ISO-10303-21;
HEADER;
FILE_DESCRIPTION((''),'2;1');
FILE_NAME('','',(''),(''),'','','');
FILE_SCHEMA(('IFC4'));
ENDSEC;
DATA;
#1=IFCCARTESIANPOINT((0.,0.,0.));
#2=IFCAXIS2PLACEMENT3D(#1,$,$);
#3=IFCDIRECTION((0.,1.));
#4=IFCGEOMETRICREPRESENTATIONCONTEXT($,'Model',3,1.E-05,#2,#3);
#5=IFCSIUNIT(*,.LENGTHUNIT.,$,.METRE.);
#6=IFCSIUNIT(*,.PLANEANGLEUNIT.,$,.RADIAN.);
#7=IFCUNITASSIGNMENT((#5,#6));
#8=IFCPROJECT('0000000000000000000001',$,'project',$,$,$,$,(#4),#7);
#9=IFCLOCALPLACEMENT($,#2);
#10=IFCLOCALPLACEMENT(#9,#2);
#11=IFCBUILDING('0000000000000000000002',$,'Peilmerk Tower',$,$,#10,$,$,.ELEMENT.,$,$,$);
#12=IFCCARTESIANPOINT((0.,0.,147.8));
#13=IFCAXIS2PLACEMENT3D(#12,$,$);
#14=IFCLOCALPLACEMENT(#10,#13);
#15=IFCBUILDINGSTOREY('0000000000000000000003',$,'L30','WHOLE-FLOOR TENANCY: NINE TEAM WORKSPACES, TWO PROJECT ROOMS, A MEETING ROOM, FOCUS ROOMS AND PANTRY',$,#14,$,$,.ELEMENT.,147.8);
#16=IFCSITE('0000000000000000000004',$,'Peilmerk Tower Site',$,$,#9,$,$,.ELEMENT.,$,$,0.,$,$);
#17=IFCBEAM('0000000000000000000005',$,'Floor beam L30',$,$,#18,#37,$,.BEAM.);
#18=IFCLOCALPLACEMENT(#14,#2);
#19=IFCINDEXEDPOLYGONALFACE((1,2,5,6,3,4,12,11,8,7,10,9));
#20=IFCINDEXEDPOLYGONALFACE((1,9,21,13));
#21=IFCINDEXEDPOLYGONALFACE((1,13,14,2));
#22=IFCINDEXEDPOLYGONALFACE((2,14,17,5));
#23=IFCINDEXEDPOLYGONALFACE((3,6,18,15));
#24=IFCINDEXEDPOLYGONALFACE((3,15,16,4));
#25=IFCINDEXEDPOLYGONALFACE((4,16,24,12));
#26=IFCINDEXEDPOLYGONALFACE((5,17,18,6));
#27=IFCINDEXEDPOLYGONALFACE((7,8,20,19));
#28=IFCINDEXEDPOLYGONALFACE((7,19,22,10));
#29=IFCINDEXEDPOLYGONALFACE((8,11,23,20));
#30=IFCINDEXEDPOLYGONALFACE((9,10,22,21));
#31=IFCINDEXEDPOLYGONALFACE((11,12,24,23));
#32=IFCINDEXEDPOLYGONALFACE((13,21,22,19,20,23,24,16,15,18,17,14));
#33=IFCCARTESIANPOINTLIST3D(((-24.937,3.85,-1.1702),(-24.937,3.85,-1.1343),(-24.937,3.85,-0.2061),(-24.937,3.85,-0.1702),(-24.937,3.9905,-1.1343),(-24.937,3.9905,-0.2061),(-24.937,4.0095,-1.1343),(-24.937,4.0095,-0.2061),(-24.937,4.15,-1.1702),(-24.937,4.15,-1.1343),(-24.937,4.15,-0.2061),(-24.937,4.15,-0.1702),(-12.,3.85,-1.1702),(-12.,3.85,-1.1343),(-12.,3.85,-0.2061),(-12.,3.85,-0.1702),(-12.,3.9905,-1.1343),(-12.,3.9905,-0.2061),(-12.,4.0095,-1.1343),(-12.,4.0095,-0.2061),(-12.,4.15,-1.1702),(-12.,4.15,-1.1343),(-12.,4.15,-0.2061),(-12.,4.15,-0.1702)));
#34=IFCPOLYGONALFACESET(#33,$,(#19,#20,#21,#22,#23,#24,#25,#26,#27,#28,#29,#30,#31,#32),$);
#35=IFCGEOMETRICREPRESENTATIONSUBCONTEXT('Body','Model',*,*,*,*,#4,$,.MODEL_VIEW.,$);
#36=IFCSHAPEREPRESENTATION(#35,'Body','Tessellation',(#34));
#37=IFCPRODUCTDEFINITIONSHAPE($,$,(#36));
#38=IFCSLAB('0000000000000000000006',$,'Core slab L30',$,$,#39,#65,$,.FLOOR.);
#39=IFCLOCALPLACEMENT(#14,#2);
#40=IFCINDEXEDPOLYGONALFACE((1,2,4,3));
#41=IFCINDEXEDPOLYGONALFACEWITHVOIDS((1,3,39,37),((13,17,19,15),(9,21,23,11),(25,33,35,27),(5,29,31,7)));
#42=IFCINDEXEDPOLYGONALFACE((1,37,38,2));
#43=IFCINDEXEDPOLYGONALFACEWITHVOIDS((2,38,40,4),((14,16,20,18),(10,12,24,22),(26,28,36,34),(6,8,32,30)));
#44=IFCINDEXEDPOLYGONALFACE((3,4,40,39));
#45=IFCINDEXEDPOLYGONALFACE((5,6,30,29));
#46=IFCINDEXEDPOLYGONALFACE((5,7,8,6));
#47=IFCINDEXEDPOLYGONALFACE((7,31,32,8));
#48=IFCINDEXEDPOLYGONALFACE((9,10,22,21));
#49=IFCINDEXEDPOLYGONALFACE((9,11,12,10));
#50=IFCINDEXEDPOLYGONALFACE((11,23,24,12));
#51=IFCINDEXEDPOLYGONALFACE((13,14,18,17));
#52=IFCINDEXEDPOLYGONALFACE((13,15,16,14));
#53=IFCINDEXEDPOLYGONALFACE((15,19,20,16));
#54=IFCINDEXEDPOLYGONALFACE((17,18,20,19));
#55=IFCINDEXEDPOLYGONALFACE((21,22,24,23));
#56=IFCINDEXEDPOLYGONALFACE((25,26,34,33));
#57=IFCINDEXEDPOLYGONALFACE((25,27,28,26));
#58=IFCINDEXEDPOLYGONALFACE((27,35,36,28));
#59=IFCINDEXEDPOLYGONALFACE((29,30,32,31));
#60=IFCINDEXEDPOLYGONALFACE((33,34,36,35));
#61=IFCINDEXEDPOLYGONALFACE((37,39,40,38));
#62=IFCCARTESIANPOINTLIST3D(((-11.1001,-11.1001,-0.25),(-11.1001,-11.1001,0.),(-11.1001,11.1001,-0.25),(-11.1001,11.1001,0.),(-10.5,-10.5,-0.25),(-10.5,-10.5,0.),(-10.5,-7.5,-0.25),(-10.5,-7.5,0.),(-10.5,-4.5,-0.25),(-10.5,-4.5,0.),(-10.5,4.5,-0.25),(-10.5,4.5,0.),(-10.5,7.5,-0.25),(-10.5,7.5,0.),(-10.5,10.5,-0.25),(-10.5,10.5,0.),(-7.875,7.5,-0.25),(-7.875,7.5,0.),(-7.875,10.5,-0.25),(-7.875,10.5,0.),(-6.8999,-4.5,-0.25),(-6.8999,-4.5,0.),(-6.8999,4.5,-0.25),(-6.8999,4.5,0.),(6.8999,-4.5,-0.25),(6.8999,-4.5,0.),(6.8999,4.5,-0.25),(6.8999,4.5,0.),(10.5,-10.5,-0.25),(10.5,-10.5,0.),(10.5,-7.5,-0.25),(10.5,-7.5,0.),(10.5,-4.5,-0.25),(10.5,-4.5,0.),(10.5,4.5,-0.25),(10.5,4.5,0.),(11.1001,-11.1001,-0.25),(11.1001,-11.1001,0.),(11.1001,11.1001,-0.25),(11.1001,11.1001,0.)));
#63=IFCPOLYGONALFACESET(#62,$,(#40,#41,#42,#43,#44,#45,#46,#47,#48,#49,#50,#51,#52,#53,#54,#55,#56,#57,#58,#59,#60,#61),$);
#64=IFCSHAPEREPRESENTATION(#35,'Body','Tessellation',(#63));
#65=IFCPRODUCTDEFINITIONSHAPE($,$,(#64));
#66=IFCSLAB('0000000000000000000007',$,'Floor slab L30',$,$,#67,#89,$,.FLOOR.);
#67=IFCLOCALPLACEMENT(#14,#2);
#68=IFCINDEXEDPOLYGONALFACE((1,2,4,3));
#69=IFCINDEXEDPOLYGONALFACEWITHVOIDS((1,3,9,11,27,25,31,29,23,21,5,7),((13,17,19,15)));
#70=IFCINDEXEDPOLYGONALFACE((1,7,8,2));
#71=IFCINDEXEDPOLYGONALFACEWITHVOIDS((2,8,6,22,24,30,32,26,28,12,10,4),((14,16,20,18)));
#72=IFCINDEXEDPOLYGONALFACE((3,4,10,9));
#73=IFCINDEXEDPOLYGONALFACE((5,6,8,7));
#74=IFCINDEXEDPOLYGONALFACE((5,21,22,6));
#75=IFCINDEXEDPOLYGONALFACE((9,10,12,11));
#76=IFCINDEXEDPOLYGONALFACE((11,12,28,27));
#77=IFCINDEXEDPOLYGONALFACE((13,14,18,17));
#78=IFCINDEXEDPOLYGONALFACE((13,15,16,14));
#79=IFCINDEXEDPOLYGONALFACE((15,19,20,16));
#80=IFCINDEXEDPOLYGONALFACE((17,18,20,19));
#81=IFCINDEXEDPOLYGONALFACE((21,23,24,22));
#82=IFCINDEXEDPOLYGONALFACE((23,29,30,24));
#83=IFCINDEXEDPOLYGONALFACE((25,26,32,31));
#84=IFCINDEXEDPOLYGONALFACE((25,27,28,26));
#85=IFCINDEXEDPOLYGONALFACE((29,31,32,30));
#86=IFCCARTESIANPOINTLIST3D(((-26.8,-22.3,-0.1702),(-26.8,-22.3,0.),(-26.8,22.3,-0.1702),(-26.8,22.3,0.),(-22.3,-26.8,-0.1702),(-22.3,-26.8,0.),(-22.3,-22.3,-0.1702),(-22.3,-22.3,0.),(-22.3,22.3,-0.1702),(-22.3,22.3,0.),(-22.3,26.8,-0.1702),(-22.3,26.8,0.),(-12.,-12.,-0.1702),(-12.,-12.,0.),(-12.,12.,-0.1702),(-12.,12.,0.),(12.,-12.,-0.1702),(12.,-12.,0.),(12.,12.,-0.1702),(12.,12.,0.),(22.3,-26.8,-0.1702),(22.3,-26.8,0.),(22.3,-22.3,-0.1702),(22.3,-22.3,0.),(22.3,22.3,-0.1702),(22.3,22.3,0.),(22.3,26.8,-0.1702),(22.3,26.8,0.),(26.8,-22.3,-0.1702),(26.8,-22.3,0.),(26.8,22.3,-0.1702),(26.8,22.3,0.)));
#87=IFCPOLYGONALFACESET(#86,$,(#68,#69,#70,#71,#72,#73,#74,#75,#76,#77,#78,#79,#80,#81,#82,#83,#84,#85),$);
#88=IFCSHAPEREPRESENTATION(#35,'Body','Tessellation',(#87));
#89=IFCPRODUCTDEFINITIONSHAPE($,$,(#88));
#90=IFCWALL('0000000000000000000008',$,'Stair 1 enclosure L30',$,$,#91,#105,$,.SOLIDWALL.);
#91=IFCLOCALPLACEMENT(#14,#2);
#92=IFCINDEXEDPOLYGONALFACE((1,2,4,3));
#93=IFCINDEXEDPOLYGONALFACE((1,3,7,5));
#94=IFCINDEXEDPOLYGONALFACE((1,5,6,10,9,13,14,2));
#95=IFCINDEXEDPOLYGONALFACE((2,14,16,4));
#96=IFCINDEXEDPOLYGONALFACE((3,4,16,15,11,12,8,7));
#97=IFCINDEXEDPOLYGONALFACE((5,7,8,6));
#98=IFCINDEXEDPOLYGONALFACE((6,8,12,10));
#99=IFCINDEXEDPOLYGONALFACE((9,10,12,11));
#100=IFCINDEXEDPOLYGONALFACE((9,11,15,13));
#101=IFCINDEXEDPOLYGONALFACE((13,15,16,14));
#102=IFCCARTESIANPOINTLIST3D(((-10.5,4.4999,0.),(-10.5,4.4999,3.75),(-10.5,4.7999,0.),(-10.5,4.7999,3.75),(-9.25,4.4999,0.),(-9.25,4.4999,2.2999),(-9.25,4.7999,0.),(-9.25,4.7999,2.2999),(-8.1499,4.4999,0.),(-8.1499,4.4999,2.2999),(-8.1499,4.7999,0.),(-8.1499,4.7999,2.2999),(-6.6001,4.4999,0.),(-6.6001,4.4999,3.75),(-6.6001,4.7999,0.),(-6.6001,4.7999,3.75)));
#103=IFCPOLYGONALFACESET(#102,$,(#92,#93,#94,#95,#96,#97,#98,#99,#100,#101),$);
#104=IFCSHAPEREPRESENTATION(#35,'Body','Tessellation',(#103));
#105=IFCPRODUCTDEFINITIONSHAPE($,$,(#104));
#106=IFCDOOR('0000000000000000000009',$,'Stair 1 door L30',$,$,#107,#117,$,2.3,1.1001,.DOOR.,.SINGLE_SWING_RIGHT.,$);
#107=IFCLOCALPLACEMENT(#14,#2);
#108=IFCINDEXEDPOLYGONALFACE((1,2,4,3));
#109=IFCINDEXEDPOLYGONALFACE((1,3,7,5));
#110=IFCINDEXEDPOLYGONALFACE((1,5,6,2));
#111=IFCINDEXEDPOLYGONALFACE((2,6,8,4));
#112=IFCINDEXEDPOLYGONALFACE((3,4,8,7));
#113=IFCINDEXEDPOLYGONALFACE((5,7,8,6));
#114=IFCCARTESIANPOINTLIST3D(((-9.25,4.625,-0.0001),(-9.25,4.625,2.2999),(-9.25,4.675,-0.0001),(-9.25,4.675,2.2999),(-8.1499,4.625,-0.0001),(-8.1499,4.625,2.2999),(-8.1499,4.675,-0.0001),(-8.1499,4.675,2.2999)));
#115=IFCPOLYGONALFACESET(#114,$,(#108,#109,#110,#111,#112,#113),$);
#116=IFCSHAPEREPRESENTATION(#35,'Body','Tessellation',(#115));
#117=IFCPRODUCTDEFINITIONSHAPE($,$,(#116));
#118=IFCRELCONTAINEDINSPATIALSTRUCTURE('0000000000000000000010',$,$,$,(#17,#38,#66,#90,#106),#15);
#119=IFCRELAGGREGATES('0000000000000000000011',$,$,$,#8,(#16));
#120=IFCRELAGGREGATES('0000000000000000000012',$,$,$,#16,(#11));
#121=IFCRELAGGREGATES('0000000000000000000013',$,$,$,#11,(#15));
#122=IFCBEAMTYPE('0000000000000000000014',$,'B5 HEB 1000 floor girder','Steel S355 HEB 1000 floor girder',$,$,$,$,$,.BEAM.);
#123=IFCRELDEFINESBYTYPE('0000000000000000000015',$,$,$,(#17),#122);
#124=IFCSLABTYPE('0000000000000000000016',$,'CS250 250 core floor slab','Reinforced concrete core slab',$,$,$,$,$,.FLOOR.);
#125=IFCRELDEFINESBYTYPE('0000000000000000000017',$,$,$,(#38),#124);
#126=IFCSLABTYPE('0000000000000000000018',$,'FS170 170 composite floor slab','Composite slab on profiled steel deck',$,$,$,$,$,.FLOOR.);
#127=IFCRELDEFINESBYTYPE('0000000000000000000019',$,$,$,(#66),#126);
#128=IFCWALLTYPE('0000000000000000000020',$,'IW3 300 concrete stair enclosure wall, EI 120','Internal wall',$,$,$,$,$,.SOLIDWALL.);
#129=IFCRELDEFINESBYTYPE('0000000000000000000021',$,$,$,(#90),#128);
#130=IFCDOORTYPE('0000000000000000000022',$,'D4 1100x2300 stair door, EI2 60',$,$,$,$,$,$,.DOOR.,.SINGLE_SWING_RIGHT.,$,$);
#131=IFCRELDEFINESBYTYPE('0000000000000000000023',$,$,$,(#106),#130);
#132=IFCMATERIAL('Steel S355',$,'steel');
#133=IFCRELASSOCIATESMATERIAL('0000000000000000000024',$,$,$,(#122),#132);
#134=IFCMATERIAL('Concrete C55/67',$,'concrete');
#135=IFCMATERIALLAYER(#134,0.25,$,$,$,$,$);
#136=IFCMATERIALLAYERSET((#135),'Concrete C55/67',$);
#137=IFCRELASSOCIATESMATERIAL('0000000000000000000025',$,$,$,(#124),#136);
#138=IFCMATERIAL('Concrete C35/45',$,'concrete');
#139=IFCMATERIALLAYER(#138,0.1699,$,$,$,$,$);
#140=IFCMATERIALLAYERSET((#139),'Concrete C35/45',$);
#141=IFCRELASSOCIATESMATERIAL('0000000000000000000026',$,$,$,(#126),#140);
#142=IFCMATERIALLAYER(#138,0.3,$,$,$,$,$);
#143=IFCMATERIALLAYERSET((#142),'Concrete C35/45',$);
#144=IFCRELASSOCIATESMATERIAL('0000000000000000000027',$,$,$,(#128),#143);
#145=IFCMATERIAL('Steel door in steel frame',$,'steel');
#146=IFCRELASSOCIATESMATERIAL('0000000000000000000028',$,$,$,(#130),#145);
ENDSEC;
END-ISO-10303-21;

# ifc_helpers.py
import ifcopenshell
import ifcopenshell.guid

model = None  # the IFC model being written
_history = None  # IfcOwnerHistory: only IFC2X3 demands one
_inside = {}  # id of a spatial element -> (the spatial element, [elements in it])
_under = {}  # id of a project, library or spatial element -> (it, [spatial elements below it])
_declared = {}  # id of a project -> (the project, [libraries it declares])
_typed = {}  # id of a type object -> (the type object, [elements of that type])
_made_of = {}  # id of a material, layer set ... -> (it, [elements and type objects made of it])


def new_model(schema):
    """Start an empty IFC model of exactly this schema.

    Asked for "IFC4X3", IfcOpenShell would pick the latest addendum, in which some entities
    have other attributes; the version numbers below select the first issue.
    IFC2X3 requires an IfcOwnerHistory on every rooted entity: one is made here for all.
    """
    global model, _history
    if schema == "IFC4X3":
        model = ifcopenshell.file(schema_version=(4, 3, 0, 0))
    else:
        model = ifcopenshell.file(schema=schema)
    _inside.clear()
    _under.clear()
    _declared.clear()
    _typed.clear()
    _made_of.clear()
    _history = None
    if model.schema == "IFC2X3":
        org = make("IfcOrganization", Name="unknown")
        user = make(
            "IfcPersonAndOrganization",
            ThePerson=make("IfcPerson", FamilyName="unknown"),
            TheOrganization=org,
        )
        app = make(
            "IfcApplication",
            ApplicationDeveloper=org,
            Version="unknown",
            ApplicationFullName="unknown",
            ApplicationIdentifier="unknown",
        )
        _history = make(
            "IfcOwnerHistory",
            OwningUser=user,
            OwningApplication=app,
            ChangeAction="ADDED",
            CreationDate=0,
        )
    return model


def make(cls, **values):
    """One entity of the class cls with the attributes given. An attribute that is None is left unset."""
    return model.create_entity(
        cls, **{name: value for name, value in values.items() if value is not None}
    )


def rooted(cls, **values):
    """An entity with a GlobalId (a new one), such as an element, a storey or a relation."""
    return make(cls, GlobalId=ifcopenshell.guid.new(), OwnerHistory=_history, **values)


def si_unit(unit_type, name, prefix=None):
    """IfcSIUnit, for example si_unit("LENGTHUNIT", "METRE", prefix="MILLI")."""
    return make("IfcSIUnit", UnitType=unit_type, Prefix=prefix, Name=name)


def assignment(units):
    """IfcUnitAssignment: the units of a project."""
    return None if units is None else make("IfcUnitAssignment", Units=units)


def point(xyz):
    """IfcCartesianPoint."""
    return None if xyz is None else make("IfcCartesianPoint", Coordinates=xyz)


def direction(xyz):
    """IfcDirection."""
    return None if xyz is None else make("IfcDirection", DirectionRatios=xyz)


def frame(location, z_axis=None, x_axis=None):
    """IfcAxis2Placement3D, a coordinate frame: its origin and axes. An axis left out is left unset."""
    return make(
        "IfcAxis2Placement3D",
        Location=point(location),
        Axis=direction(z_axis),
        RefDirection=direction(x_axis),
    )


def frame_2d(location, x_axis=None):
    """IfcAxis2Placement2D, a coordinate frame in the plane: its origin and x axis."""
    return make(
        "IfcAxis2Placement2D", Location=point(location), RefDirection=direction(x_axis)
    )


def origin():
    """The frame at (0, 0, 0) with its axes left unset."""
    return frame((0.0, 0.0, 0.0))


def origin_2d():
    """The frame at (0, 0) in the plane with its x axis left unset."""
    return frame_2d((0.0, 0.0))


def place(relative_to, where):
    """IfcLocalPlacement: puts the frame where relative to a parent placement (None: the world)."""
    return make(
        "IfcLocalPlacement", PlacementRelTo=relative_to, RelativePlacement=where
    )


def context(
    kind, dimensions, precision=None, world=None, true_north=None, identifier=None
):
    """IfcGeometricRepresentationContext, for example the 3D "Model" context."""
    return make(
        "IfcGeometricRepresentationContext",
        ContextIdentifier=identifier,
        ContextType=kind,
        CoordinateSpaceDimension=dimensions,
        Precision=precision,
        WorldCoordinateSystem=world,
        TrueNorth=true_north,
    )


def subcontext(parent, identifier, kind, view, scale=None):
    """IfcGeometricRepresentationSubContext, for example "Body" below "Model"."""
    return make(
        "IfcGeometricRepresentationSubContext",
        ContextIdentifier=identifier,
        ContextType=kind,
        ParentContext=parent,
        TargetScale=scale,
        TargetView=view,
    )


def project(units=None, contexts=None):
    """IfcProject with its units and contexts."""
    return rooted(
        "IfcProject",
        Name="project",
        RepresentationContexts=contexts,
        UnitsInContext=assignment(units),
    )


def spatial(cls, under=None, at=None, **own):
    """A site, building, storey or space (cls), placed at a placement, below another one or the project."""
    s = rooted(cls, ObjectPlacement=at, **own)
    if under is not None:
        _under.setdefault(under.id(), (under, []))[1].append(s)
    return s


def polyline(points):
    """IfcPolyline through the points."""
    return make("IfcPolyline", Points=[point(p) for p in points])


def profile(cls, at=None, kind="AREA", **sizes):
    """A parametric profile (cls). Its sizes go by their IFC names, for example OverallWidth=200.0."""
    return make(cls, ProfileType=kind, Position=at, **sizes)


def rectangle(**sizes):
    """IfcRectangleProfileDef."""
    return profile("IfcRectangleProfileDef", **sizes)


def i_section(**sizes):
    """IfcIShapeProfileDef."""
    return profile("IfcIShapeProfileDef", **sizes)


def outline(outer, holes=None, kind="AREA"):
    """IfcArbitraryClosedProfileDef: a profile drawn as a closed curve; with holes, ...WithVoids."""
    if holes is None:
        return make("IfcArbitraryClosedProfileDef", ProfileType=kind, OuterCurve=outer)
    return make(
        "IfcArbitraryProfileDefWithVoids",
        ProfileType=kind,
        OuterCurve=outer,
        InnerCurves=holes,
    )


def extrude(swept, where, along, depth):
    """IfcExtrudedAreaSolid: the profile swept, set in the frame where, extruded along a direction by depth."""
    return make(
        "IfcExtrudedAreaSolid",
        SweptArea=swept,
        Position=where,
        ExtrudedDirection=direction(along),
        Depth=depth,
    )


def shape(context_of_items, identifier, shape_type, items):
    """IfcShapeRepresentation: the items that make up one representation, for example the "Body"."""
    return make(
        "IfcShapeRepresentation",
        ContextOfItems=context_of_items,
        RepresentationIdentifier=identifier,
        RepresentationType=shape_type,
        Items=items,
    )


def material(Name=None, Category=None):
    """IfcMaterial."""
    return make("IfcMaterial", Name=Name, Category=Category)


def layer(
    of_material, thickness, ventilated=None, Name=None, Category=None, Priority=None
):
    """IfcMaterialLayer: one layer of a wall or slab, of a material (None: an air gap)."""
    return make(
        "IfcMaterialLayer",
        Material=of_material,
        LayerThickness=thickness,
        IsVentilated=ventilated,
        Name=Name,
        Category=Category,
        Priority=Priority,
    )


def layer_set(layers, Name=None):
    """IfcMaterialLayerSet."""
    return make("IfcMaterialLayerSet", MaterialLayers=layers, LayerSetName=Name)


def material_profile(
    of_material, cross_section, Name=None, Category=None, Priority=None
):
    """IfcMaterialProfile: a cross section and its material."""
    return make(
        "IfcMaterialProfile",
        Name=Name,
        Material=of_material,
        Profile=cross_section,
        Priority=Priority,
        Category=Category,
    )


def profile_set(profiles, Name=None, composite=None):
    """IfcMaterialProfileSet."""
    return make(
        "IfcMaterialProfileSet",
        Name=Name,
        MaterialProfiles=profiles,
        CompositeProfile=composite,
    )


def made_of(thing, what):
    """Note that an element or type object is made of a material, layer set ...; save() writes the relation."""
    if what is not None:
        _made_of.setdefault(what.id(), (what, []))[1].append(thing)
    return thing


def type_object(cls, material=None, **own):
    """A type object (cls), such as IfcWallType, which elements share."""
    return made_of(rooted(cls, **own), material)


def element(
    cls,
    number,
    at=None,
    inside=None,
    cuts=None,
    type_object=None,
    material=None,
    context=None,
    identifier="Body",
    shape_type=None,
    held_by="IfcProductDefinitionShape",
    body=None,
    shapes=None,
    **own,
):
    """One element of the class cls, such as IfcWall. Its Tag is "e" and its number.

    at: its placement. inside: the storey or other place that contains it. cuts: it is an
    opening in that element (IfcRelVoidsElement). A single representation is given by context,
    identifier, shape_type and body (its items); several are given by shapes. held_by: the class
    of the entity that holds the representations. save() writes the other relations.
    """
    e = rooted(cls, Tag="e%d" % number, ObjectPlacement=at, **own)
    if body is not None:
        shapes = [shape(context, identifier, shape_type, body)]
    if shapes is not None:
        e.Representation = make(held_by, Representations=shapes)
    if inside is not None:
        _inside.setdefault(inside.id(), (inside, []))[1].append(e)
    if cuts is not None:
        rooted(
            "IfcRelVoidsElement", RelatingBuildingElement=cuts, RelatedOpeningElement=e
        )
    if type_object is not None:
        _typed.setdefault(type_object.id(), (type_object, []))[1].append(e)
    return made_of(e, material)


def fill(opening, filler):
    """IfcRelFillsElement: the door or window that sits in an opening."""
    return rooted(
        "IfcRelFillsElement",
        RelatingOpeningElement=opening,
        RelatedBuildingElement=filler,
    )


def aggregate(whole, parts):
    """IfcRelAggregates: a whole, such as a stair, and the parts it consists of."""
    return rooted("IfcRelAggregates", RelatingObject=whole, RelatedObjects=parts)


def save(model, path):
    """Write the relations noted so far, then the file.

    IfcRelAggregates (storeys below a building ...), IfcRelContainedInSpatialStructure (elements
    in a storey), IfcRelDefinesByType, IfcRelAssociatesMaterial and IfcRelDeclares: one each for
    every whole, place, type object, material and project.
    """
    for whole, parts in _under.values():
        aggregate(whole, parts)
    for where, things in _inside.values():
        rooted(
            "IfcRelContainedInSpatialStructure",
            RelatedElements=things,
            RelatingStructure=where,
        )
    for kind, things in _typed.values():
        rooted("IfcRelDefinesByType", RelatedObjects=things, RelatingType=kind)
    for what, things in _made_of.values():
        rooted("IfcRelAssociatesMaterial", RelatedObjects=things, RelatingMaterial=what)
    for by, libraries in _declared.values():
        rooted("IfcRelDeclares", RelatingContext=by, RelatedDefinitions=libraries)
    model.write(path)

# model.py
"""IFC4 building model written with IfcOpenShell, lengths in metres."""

from ifc_helpers import new_model, si_unit, direction, frame, frame_2d, origin, origin_2d, place, context, subcontext, project, spatial, polyline, rectangle, i_section, outline, extrude, material, layer, layer_set, material_profile, profile_set, type_object, element, fill, save


model = new_model("IFC4")

# Units and contexts
model_context = context("Model", 3, precision=1e-05, world=origin(), true_north=direction((0.0, 1.0)))
body_context = subcontext(model_context, "Body", "Model", "MODEL_VIEW")
ifc_project = project(units=[si_unit("LENGTHUNIT", "METRE"), si_unit("PLANEANGLEUNIT", "RADIAN")], contexts=[model_context])

# Site, building, storey
site_placement = place(None, origin())
site = spatial("IfcSite", under=ifc_project, at=site_placement, Name="Peilmerk Tower Site", CompositionType="ELEMENT", RefElevation=0.0)
building_placement = place(site_placement, origin())
building = spatial("IfcBuilding", under=site, at=building_placement, Name="Peilmerk Tower", CompositionType="ELEMENT")
storey_placement = place(building_placement, frame((0.0, 0.0, 147.8)))
storey = spatial("IfcBuildingStorey", under=building, at=storey_placement, Name="L30", Description="WHOLE-FLOOR TENANCY: NINE TEAM WORKSPACES, TWO PROJECT ROOMS, A MEETING ROOM, FOCUS ROOMS AND PANTRY", CompositionType="ELEMENT", Elevation=147.8)

# Beam
ifc_material_1 = material(Name="Steel S355", Category="steel")
ifc_material_profile = material_profile(ifc_material_1, i_section(OverallWidth=0.3, OverallDepth=1.0, WebThickness=0.019, FlangeThickness=0.0359, at=origin_2d()), Name="HEB 1000")
ifc_profile_set = profile_set([ifc_material_profile], Name="Steel S355")
beam_type = type_object("IfcBeamType", Name="B5 HEB 1000 floor girder", Description="Steel S355 HEB 1000 floor girder", PredefinedType="BEAM", material=ifc_profile_set)
beam_placement = place(storey_placement, frame((-12.0, 4.0, -0.6702), z_axis=(-1.0, 0.0, 0.0), x_axis=(0.0, -1.0, 0.0)))
element("IfcBeam", 1, at=beam_placement, inside=storey, type_object=beam_type, Name="Floor beam L30", PredefinedType="BEAM", context=body_context, shape_type="SweptSolid", body=[
    extrude(i_section(OverallWidth=0.3, OverallDepth=1.0, WebThickness=0.019, FlangeThickness=0.0359, at=origin_2d()), origin(), (0.0, 0.0, 1.0), 12.937),
])

# Slabs
ifc_material_2 = material(Name="Concrete C55/67", Category="concrete")
ifc_layer_1 = layer(ifc_material_2, 0.25)
ifc_layer_set_1 = layer_set([ifc_layer_1], Name="Concrete C55/67")
slab_type_1 = type_object("IfcSlabType", Name="CS250 250 core floor slab", Description="Reinforced concrete core slab", PredefinedType="FLOOR", material=ifc_layer_set_1)
slab_1_placement = place(storey_placement, frame((0.0, 0.0, -0.25)))
element("IfcSlab", 2, at=slab_1_placement, inside=storey, type_object=slab_type_1, Name="Core slab L30", PredefinedType="FLOOR", context=body_context, shape_type="SweptSolid", body=[
    extrude(outline(polyline([(11.1001, 11.1001), (-11.1001, 11.1001), (-11.1001, -11.1001), (11.1001, -11.1001), (11.1001, 11.1001)]), holes=[polyline([(-10.5, 7.5), (-10.5, 10.5), (-7.875, 10.5), (-7.875, 7.5), (-10.5, 7.5)]), polyline([(-10.5, -10.5), (-10.5, -7.5), (10.5, -7.5), (10.5, -10.5), (-10.5, -10.5)]), polyline([(-10.5, 4.5), (-6.8999, 4.5), (-6.8999, -4.5), (-10.5, -4.5), (-10.5, 4.5)]), polyline([(10.5, 4.5), (10.5, -4.5), (6.8999, -4.5), (6.8999, 4.5), (10.5, 4.5)])]), origin(), (0.0, 0.0, 1.0), 0.25),
])
ifc_material_3 = material(Name="Concrete C35/45", Category="concrete")
ifc_layer_2 = layer(ifc_material_3, 0.1699)
ifc_layer_set_2 = layer_set([ifc_layer_2], Name="Concrete C35/45")
slab_type_2 = type_object("IfcSlabType", Name="FS170 170 composite floor slab", Description="Composite slab on profiled steel deck", PredefinedType="FLOOR", material=ifc_layer_set_2)
slab_2_placement = place(storey_placement, frame((0.0, 0.0, -0.1702)))
element("IfcSlab", 3, at=slab_2_placement, inside=storey, type_object=slab_type_2, Name="Floor slab L30", PredefinedType="FLOOR", context=body_context, shape_type="SweptSolid", body=[
    extrude(outline(polyline([(-22.3, -26.8), (22.3, -26.8), (22.3, -22.3), (26.8, -22.3), (26.8, 22.3), (22.3, 22.3), (22.3, 26.8), (-22.3, 26.8), (-22.3, 22.3), (-26.8, 22.3), (-26.8, -22.3), (-22.3, -22.3), (-22.3, -26.8)]), holes=[polyline([(12.0, 12.0), (12.0, -12.0), (-12.0, -12.0), (-12.0, 12.0), (12.0, 12.0)])]), origin(), (0.0, 0.0, 1.0), 0.1702),
])

# Wall, opening, door
ifc_layer_3 = layer(ifc_material_3, 0.3)
ifc_layer_set_3 = layer_set([ifc_layer_3], Name="Concrete C35/45")
wall_type_1 = type_object("IfcWallType", Name="IW3 300 concrete stair enclosure wall, EI 120", Description="Internal wall", PredefinedType="SOLIDWALL", material=ifc_layer_set_3)
wall_1_placement = place(storey_placement, frame((-10.5, 4.6499, 0.0), z_axis=(0.0, 0.0, 1.0), x_axis=(1.0, 0.0, 0.0)))
wall_1 = element("IfcWall", 4, at=wall_1_placement, inside=storey, type_object=wall_type_1, Name="Stair 1 enclosure L30", PredefinedType="SOLIDWALL", context=body_context, shape_type="SweptSolid", body=[
    extrude(rectangle(XDim=3.8999, YDim=0.3, at=frame_2d((1.95, 0.0))), origin(), (0.0, 0.0, 1.0), 3.75),
])
opening_1_placement = place(wall_1_placement, frame((1.25, 0.0, 0.0)))
opening_1 = element("IfcOpeningElement", 5, at=opening_1_placement, cuts=wall_1, PredefinedType="OPENING", context=body_context, shape_type="SweptSolid", body=[
    extrude(rectangle(XDim=1.1001, YDim=2.3, at=frame_2d((0.55, 1.1499))), frame((0.0, 0.1599, 0.0), z_axis=(0.0, -1.0, 0.0), x_axis=(1.0, 0.0, 0.0)), (0.0, 0.0, 1.0), 0.3201),
])
ifc_material_4 = material(Name="Steel door in steel frame", Category="steel")
door_type_1 = type_object("IfcDoorType", Name="D4 1100x2300 stair door, EI2 60", OperationType="SINGLE_SWING_RIGHT", PredefinedType="DOOR", material=ifc_material_4)
door_1_placement = place(opening_1_placement, frame((1.1001, 0.0, 0.0), z_axis=(0.0, 0.0, 1.0), x_axis=(-1.0, 0.0, 0.0)))
door_1 = element("IfcDoor", 6, at=door_1_placement, inside=storey, type_object=door_type_1, Name="Stair 1 door L30", OperationType="SINGLE_SWING_RIGHT", OverallHeight=2.3, OverallWidth=1.1001, PredefinedType="DOOR", context=body_context, shape_type="SweptSolid", body=[
    extrude(rectangle(XDim=1.1001, YDim=2.3, at=frame_2d((0.55, 1.1499))), frame((0.0, 0.0249, 0.0), z_axis=(0.0, -1.0, 0.0), x_axis=(1.0, 0.0, 0.0)), (0.0, 0.0, 1.0), 0.05),
])
fill(opening_1, door_1)

save(model, "model.ifc")
